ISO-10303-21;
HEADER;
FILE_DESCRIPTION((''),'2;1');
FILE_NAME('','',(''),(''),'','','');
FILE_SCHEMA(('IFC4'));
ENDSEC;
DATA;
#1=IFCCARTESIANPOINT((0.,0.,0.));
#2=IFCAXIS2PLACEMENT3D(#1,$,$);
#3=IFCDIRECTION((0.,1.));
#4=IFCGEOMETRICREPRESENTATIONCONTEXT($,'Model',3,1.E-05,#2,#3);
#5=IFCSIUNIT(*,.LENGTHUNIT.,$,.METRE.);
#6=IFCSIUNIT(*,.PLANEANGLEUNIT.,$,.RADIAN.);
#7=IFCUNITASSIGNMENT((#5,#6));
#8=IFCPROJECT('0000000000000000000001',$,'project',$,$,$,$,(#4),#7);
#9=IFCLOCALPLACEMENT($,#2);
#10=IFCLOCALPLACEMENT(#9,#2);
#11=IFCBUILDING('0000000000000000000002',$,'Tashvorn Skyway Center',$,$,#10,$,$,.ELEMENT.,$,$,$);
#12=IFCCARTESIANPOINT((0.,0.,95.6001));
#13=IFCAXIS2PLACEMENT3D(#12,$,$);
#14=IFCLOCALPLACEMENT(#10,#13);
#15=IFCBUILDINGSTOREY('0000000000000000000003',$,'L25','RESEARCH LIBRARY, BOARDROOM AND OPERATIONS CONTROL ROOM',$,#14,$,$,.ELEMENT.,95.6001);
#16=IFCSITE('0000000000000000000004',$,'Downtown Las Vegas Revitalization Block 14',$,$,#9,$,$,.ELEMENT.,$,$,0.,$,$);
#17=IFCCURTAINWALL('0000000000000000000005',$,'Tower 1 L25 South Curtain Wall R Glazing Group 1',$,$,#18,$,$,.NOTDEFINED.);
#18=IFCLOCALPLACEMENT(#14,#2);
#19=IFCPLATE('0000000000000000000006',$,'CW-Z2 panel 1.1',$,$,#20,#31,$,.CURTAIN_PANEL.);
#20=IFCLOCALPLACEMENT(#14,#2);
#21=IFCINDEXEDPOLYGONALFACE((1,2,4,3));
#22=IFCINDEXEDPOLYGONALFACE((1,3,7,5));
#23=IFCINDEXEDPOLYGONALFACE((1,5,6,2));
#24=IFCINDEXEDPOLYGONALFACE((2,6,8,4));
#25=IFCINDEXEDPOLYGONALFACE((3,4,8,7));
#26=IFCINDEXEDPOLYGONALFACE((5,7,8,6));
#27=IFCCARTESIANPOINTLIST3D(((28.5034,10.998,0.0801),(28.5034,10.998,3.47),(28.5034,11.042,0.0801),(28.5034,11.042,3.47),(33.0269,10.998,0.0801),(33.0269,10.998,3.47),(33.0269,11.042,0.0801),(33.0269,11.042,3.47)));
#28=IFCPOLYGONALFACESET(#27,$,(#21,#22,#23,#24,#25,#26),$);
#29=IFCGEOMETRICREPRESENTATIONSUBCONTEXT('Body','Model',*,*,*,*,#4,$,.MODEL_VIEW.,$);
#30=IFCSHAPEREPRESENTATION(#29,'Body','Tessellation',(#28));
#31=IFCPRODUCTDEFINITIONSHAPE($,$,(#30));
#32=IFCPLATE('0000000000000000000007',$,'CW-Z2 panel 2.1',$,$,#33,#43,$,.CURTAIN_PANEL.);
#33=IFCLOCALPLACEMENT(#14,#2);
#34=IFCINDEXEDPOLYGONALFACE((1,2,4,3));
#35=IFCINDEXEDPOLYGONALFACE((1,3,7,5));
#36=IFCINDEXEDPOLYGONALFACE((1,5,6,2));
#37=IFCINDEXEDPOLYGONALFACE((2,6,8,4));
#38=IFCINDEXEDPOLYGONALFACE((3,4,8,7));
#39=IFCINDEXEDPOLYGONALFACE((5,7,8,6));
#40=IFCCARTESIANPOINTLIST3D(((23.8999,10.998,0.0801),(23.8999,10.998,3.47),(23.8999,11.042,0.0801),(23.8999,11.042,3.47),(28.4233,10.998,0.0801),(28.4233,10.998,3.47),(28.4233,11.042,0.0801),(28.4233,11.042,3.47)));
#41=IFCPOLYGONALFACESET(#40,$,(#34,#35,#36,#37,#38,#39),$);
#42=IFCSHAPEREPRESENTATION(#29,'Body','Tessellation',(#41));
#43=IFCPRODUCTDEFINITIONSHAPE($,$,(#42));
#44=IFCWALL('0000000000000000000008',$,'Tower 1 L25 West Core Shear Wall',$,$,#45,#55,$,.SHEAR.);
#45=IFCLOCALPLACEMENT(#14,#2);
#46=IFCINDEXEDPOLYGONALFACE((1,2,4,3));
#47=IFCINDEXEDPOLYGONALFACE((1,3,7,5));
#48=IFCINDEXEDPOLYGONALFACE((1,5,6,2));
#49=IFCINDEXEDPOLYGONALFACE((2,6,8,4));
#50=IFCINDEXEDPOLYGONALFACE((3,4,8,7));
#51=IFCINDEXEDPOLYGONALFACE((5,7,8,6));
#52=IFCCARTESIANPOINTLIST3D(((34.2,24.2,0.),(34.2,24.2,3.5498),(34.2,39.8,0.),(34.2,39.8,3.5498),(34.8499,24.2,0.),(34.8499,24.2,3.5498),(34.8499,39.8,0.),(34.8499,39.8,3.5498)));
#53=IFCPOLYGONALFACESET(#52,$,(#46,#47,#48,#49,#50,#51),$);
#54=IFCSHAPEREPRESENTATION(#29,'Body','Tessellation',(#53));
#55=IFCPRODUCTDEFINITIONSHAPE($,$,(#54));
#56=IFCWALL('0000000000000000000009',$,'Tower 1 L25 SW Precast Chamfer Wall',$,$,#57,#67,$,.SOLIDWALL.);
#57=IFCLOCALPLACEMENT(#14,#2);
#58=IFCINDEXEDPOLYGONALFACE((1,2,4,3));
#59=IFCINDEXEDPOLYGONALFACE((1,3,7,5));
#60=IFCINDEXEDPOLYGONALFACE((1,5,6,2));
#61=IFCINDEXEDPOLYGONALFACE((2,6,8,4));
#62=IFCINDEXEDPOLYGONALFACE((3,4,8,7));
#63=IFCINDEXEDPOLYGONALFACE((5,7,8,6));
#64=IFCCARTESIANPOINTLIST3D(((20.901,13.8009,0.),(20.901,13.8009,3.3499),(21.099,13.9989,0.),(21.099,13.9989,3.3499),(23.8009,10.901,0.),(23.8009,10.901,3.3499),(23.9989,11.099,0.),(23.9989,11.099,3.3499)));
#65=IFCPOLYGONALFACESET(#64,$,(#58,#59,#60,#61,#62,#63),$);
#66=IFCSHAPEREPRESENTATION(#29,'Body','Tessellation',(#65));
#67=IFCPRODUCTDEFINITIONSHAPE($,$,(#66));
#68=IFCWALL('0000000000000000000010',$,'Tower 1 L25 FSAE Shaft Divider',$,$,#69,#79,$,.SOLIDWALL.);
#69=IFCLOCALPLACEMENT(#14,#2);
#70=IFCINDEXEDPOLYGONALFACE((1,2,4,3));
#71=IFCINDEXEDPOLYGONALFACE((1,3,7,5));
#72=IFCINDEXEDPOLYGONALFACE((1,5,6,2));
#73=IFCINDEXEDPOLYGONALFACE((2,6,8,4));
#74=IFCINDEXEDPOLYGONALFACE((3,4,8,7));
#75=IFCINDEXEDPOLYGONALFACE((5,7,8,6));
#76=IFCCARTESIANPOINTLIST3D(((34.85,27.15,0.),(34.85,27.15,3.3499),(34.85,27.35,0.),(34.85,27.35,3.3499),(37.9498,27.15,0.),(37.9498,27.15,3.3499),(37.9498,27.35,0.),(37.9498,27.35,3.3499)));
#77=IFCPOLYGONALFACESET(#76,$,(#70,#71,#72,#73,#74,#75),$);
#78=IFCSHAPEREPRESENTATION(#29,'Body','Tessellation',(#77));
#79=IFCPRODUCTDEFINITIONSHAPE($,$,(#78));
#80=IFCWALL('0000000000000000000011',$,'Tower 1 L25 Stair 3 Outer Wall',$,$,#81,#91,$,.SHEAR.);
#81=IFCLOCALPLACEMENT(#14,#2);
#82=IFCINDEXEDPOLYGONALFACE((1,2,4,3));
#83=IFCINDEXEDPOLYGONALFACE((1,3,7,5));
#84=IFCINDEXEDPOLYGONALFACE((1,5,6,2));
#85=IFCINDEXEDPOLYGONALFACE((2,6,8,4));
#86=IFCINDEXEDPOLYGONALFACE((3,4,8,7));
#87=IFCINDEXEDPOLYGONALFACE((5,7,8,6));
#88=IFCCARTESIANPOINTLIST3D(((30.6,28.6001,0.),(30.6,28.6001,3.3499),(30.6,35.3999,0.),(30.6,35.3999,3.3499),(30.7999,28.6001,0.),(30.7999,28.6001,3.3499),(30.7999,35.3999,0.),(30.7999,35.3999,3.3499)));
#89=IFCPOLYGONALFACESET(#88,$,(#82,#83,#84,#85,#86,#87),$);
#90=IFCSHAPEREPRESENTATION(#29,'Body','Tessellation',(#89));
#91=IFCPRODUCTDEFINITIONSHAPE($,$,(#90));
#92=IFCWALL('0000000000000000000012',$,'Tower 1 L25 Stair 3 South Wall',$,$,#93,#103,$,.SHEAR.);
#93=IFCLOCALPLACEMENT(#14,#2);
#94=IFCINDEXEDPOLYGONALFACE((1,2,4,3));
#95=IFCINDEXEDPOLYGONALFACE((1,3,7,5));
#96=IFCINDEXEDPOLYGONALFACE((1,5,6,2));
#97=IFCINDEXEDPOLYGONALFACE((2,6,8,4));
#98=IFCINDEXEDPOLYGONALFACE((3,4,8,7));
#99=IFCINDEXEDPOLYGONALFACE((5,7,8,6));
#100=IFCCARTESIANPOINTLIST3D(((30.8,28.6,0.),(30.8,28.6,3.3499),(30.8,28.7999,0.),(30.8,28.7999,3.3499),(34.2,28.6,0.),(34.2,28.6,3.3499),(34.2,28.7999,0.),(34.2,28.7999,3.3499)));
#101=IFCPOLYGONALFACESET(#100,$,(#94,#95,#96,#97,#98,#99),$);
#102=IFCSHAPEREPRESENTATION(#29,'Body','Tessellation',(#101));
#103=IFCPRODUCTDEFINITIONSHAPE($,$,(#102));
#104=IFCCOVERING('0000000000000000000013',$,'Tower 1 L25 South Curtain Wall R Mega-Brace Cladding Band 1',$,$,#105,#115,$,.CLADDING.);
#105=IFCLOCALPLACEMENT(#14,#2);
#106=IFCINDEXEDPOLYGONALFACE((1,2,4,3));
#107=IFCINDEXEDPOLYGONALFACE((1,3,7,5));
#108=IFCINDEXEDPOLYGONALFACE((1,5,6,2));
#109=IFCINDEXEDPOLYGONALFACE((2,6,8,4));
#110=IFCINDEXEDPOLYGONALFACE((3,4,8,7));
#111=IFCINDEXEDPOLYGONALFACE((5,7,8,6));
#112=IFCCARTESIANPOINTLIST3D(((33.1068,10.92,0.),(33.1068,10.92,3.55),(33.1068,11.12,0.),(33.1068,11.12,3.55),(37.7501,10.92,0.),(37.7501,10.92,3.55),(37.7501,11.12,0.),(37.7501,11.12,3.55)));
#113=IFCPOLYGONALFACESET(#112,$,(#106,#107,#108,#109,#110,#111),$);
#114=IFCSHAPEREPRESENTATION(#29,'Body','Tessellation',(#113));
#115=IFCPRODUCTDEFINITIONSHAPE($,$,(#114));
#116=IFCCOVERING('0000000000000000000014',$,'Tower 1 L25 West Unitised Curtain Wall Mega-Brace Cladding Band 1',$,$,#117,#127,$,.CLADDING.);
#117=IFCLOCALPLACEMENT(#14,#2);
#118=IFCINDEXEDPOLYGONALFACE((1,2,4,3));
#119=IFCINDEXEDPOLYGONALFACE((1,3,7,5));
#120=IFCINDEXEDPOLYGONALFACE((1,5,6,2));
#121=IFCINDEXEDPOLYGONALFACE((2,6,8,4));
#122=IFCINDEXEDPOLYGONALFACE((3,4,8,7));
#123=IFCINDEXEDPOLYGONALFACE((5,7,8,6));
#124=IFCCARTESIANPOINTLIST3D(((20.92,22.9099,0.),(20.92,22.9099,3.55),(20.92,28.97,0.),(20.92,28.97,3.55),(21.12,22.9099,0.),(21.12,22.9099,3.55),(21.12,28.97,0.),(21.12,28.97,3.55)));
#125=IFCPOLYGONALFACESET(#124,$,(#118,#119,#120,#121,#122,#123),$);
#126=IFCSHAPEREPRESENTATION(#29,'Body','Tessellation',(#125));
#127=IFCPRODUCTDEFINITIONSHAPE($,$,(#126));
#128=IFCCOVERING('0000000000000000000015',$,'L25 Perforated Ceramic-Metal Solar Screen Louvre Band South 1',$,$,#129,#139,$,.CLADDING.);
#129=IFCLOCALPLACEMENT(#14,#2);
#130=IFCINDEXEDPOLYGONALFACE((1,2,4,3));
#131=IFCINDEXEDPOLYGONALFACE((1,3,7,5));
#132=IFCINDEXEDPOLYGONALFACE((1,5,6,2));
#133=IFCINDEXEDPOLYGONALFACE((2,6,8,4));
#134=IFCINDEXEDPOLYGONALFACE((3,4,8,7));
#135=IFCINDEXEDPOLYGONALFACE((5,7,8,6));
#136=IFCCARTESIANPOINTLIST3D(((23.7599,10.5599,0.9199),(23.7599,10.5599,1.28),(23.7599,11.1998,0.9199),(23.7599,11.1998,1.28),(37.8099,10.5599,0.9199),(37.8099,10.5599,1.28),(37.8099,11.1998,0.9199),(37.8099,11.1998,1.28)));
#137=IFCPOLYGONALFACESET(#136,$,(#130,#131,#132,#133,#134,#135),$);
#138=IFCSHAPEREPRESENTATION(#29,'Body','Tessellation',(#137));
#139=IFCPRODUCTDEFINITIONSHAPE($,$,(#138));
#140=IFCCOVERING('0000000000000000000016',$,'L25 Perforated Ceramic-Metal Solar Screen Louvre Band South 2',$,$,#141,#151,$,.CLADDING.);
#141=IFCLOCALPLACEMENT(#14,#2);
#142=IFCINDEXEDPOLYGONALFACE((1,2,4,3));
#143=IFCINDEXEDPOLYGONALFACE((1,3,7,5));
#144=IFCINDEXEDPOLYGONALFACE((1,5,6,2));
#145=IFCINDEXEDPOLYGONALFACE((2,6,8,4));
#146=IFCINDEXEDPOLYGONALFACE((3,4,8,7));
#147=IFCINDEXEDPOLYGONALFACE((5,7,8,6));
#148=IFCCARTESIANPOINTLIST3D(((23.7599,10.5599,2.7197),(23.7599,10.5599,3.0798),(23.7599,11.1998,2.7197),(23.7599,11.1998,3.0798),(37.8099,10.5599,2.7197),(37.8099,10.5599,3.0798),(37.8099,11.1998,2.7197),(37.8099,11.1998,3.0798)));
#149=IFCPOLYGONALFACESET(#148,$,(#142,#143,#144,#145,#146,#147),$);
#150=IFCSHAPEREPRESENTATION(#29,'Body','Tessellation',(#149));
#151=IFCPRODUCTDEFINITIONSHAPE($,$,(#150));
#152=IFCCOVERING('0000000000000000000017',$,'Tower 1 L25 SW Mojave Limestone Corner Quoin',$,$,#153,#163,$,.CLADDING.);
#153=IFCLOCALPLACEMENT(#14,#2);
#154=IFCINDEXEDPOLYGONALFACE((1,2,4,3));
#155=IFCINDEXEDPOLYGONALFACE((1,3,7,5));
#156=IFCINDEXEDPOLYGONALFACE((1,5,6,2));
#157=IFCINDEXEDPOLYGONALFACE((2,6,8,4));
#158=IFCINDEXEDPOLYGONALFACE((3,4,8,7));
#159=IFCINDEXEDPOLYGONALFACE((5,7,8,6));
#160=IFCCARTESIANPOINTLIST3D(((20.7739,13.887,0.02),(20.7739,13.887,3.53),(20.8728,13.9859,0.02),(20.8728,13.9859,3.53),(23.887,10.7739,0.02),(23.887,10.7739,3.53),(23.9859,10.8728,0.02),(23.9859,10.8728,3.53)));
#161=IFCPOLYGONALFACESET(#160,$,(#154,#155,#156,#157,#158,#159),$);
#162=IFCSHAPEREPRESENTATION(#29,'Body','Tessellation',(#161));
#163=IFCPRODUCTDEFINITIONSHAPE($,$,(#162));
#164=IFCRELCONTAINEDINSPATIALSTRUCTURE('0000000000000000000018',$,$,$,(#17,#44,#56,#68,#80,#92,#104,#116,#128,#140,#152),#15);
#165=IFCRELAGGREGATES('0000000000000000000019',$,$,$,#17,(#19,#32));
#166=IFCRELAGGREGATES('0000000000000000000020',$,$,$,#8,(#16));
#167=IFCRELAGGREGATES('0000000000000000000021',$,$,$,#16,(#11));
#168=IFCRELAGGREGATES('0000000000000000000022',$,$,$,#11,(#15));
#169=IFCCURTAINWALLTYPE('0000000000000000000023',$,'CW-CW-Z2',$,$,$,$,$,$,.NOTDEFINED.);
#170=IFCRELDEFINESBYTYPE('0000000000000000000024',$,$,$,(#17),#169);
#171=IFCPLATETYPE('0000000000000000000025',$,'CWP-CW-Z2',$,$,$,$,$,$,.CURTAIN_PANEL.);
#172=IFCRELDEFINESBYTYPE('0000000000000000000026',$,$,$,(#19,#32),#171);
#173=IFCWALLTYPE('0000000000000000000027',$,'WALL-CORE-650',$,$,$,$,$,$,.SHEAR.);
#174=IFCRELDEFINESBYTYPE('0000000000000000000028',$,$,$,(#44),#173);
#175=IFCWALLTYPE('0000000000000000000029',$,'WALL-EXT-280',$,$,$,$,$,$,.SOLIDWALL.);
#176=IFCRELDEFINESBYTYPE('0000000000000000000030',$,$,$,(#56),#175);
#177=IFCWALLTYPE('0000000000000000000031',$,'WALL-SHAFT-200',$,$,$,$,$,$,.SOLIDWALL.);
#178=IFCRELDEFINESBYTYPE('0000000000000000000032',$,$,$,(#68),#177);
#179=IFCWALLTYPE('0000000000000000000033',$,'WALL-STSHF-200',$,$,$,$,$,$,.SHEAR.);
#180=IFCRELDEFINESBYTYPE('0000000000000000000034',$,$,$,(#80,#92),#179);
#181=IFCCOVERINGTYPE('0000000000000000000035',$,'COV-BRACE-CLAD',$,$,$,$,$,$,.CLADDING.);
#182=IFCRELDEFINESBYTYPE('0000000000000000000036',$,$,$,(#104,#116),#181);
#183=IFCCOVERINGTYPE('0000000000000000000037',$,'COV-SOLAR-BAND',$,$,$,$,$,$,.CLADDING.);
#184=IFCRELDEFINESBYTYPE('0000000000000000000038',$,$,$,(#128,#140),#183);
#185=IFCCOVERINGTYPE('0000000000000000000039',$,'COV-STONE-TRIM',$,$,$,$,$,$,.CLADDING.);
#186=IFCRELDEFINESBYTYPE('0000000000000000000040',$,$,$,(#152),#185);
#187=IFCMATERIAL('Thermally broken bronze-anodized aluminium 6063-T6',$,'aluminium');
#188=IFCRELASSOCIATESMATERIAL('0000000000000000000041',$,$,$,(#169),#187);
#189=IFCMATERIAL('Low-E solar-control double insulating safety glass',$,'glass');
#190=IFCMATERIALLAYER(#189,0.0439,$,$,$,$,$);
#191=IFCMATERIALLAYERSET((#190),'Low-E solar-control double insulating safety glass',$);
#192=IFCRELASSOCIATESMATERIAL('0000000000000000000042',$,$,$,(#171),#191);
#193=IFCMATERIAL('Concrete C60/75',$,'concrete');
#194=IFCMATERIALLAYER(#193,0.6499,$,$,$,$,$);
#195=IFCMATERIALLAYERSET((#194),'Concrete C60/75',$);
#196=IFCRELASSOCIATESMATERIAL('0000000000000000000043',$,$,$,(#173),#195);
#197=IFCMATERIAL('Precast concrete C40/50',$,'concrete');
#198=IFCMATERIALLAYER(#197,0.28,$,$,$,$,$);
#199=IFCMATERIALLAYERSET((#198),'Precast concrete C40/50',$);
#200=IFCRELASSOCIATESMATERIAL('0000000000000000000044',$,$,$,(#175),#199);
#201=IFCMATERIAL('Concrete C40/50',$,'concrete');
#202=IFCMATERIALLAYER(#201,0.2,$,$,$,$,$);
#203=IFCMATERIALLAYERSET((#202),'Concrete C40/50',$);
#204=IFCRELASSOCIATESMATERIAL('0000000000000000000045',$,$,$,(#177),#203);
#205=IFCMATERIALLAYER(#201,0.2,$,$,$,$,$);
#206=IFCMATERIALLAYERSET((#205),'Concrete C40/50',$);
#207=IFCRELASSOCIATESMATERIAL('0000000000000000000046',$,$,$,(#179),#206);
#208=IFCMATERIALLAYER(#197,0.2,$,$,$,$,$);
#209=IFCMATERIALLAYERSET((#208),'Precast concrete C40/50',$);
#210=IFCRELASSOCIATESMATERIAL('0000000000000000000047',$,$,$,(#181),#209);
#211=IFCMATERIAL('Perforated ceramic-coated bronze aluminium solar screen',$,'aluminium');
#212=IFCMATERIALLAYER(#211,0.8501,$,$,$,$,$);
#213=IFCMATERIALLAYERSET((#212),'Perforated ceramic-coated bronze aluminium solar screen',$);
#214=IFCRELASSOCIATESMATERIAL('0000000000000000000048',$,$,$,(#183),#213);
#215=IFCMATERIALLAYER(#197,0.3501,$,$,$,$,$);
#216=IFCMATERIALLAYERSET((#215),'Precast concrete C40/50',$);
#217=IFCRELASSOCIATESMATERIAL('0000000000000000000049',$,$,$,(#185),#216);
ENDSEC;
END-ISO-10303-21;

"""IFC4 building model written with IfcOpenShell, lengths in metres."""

from ifc_helpers import new_model, si_unit, direction, frame, frame_2d, origin, origin_2d, place, context, subcontext, project, spatial, rectangle, extrude, material, layer, layer_set, type_object, element, aggregate, save


model = new_model("IFC4")

# Units and contexts
model_context = context("Model", 3, precision=1e-05, world=origin(), true_north=direction((0.0, 1.0)))
body_context = subcontext(model_context, "Body", "Model", "MODEL_VIEW")
ifc_project = project(units=[si_unit("LENGTHUNIT", "METRE"), si_unit("PLANEANGLEUNIT", "RADIAN")], contexts=[model_context])

# Site, building, storey
site_placement = place(None, origin())
site = spatial("IfcSite", under=ifc_project, at=site_placement, Name="Downtown Las Vegas Revitalization Block 14", CompositionType="ELEMENT", RefElevation=0.0)
building_placement = place(site_placement, origin())
building = spatial("IfcBuilding", under=site, at=building_placement, Name="Tashvorn Skyway Center", CompositionType="ELEMENT")
storey_placement = place(building_placement, frame((0.0, 0.0, 95.6001)))
storey = spatial("IfcBuildingStorey", under=building, at=storey_placement, Name="L25", Description="RESEARCH LIBRARY, BOARDROOM AND OPERATIONS CONTROL ROOM", CompositionType="ELEMENT", Elevation=95.6001)

# Curtain wall
ifc_material_1 = material(Name="Thermally broken bronze-anodized aluminium 6063-T6", Category="aluminium")
curtain_wall_type = type_object("IfcCurtainWallType", Name="CW-CW-Z2", PredefinedType="NOTDEFINED", material=ifc_material_1)
curtain_wall_1_placement = place(storey_placement, origin())
curtain_wall_1 = element("IfcCurtainWall", 1, at=curtain_wall_1_placement, inside=storey, type_object=curtain_wall_type, Name="Tower 1 L25 South Curtain Wall R Glazing Group 1", PredefinedType="NOTDEFINED")

# Plates
ifc_material_2 = material(Name="Low-E solar-control double insulating safety glass", Category="glass")
ifc_layer_1 = layer(ifc_material_2, 0.0439)
ifc_layer_set_1 = layer_set([ifc_layer_1], Name="Low-E solar-control double insulating safety glass")
plate_type = type_object("IfcPlateType", Name="CWP-CW-Z2", PredefinedType="CURTAIN_PANEL", material=ifc_layer_set_1)
plate_1_placement = place(storey_placement, frame((30.7651, 11.02, 0.0801), z_axis=(0.0, 0.0, 1.0), x_axis=(-1.0, 0.0, 0.0)))
plate_1 = element("IfcPlate", 2, at=plate_1_placement, type_object=plate_type, Name="CW-Z2 panel 1.1", PredefinedType="CURTAIN_PANEL", context=body_context, shape_type="SweptSolid", body=[
    extrude(rectangle(XDim=4.5234, YDim=0.0439, at=origin_2d()), origin(), (0.0, 0.0, 1.0), 3.3899),
])
plate_2_placement = place(storey_placement, frame((26.1616, 11.02, 0.0801), z_axis=(0.0, 0.0, 1.0), x_axis=(-1.0, 0.0, 0.0)))
plate_2 = element("IfcPlate", 3, at=plate_2_placement, type_object=plate_type, Name="CW-Z2 panel 2.1", PredefinedType="CURTAIN_PANEL", context=body_context, shape_type="SweptSolid", body=[
    extrude(rectangle(XDim=4.5234, YDim=0.0439, at=origin_2d()), origin(), (0.0, 0.0, 1.0), 3.3899),
])
aggregate(curtain_wall_1, [plate_1, plate_2])

# Walls
ifc_material_3 = material(Name="Concrete C60/75", Category="concrete")
ifc_layer_2 = layer(ifc_material_3, 0.6499)
ifc_layer_set_2 = layer_set([ifc_layer_2], Name="Concrete C60/75")
wall_type_1 = type_object("IfcWallType", Name="WALL-CORE-650", PredefinedType="SHEAR", material=ifc_layer_set_2)
wall_1_placement = place(storey_placement, frame((34.5249, 24.2, 0.0), z_axis=(0.0, 0.0, 1.0), x_axis=(0.0, 1.0, 0.0)))
element("IfcWall", 4, at=wall_1_placement, inside=storey, type_object=wall_type_1, Name="Tower 1 L25 West Core Shear Wall", PredefinedType="SHEAR", context=body_context, shape_type="SweptSolid", body=[
    extrude(rectangle(XDim=15.6001, YDim=0.6499, at=frame_2d((7.8, 0.0))), origin(), (0.0, 0.0, 1.0), 3.5498),
])
ifc_material_4 = material(Name="Precast concrete C40/50", Category="concrete")
ifc_layer_3 = layer(ifc_material_4, 0.28)
ifc_layer_set_3 = layer_set([ifc_layer_3], Name="Precast concrete C40/50")
wall_type_2 = type_object("IfcWallType", Name="WALL-EXT-280", PredefinedType="SOLIDWALL", material=ifc_layer_set_3)
wall_2_placement = place(storey_placement, frame((23.8999, 11.0, 0.0), z_axis=(0.0, 0.0, 1.0), x_axis=(-0.707107, 0.707107, 0.0)))
element("IfcWall", 5, at=wall_2_placement, inside=storey, type_object=wall_type_2, Name="Tower 1 L25 SW Precast Chamfer Wall", PredefinedType="SOLIDWALL", context=body_context, shape_type="SweptSolid", body=[
    extrude(rectangle(XDim=4.1011, YDim=0.28, at=frame_2d((2.0505, 0.0))), origin(), (0.0, 0.0, 1.0), 3.3499),
])
ifc_material_5 = material(Name="Concrete C40/50", Category="concrete")
ifc_layer_4 = layer(ifc_material_5, 0.2)
ifc_layer_set_4 = layer_set([ifc_layer_4], Name="Concrete C40/50")
wall_type_3 = type_object("IfcWallType", Name="WALL-SHAFT-200", PredefinedType="SOLIDWALL", material=ifc_layer_set_4)
wall_3_placement = place(storey_placement, frame((34.8501, 27.25, 0.0), z_axis=(0.0, 0.0, 1.0), x_axis=(1.0, 0.0, 0.0)))
element("IfcWall", 6, at=wall_3_placement, inside=storey, type_object=wall_type_3, Name="Tower 1 L25 FSAE Shaft Divider", PredefinedType="SOLIDWALL", context=body_context, shape_type="SweptSolid", body=[
    extrude(rectangle(XDim=3.0999, YDim=0.2, at=frame_2d((1.5498, 0.0))), origin(), (0.0, 0.0, 1.0), 3.3499),
])
ifc_layer_5 = layer(ifc_material_5, 0.2)
ifc_layer_set_5 = layer_set([ifc_layer_5], Name="Concrete C40/50")
wall_type_4 = type_object("IfcWallType", Name="WALL-STSHF-200", PredefinedType="SHEAR", material=ifc_layer_set_5)
wall_4_placement = place(storey_placement, frame((30.7, 28.6001, 0.0), z_axis=(0.0, 0.0, 1.0), x_axis=(0.0, 1.0, 0.0)))
element("IfcWall", 7, at=wall_4_placement, inside=storey, type_object=wall_type_4, Name="Tower 1 L25 Stair 3 Outer Wall", PredefinedType="SHEAR", context=body_context, shape_type="SweptSolid", body=[
    extrude(rectangle(XDim=6.7998, YDim=0.2, at=frame_2d((3.3999, 0.0))), origin(), (0.0, 0.0, 1.0), 3.3499),
])
wall_5_placement = place(storey_placement, frame((30.8, 28.7, 0.0), z_axis=(0.0, 0.0, 1.0), x_axis=(1.0, 0.0, 0.0)))
element("IfcWall", 8, at=wall_5_placement, inside=storey, type_object=wall_type_4, Name="Tower 1 L25 Stair 3 South Wall", PredefinedType="SHEAR", context=body_context, shape_type="SweptSolid", body=[
    extrude(rectangle(XDim=3.3999, YDim=0.2, at=frame_2d((1.7, 0.0))), origin(), (0.0, 0.0, 1.0), 3.3499),
])

# Coverings
ifc_layer_6 = layer(ifc_material_4, 0.2)
ifc_layer_set_6 = layer_set([ifc_layer_6], Name="Precast concrete C40/50")
covering_type_1 = type_object("IfcCoveringType", Name="COV-BRACE-CLAD", PredefinedType="CLADDING", material=ifc_layer_set_6)
covering_1_placement = place(storey_placement, frame((35.4285, 11.02, 0.0), z_axis=(0.0, 0.0, 1.0), x_axis=(-1.0, 0.0, 0.0)))
element("IfcCovering", 9, at=covering_1_placement, inside=storey, type_object=covering_type_1, Name="Tower 1 L25 South Curtain Wall R Mega-Brace Cladding Band 1", PredefinedType="CLADDING", context=body_context, shape_type="SweptSolid", body=[
    extrude(rectangle(XDim=4.6433, YDim=0.2, at=origin_2d()), origin(), (0.0, 0.0, 1.0), 3.55),
])
covering_2_placement = place(storey_placement, frame((21.02, 25.9399, 0.0), z_axis=(0.0, 0.0, 1.0), x_axis=(0.0, 1.0, 0.0)))
element("IfcCovering", 10, at=covering_2_placement, inside=storey, type_object=covering_type_1, Name="Tower 1 L25 West Unitised Curtain Wall Mega-Brace Cladding Band 1", PredefinedType="CLADDING", context=body_context, shape_type="SweptSolid", body=[
    extrude(rectangle(XDim=6.0601, YDim=0.2, at=origin_2d()), origin(), (0.0, 0.0, 1.0), 3.55),
])
ifc_material_6 = material(Name="Perforated ceramic-coated bronze aluminium solar screen", Category="aluminium")
ifc_layer_7 = layer(ifc_material_6, 0.8501)
ifc_layer_set_7 = layer_set([ifc_layer_7], Name="Perforated ceramic-coated bronze aluminium solar screen")
covering_type_2 = type_object("IfcCoveringType", Name="COV-SOLAR-BAND", PredefinedType="CLADDING", material=ifc_layer_set_7)
for number, where, z_axis, x_axis, name in (
    (11, (30.7849, 10.8799, 0.9199), (0.0, 0.0, 1.0), (-1.0, 0.0, 0.0), "L25 Perforated Ceramic-Metal Solar Screen Louvre Band South 1"),
    (12, (30.7849, 10.8799, 2.7197), (0.0, 0.0, 1.0), (-1.0, 0.0, 0.0), "L25 Perforated Ceramic-Metal Solar Screen Louvre Band South 2"),
):
    element("IfcCovering", number, at=place(storey_placement, frame(where, z_axis=z_axis, x_axis=x_axis)), inside=storey, type_object=covering_type_2, Name=name, PredefinedType="CLADDING", context=body_context, shape_type="SweptSolid", body=[
        extrude(rectangle(XDim=14.05, YDim=0.6399, at=origin_2d()), origin(), (0.0, 0.0, 1.0), 0.3601),
    ])
ifc_layer_8 = layer(ifc_material_4, 0.3501)
ifc_layer_set_8 = layer_set([ifc_layer_8], Name="Precast concrete C40/50")
covering_type_3 = type_object("IfcCoveringType", Name="COV-STONE-TRIM", PredefinedType="CLADDING", material=ifc_layer_set_8)
covering_3_placement = place(storey_placement, frame((22.3799, 12.3799, 0.02), z_axis=(0.0, 0.0, 1.0), x_axis=(-0.707107, 0.707107, 0.0)))
element("IfcCovering", 13, at=covering_3_placement, inside=storey, type_object=covering_type_3, Name="Tower 1 L25 SW Mojave Limestone Corner Quoin", PredefinedType="CLADDING", context=body_context, shape_type="SweptSolid", body=[
    extrude(rectangle(XDim=4.4026, YDim=0.1399, at=origin_2d()), origin(), (0.0, 0.0, 1.0), 3.51),
])

save(model, "model.ifc")
